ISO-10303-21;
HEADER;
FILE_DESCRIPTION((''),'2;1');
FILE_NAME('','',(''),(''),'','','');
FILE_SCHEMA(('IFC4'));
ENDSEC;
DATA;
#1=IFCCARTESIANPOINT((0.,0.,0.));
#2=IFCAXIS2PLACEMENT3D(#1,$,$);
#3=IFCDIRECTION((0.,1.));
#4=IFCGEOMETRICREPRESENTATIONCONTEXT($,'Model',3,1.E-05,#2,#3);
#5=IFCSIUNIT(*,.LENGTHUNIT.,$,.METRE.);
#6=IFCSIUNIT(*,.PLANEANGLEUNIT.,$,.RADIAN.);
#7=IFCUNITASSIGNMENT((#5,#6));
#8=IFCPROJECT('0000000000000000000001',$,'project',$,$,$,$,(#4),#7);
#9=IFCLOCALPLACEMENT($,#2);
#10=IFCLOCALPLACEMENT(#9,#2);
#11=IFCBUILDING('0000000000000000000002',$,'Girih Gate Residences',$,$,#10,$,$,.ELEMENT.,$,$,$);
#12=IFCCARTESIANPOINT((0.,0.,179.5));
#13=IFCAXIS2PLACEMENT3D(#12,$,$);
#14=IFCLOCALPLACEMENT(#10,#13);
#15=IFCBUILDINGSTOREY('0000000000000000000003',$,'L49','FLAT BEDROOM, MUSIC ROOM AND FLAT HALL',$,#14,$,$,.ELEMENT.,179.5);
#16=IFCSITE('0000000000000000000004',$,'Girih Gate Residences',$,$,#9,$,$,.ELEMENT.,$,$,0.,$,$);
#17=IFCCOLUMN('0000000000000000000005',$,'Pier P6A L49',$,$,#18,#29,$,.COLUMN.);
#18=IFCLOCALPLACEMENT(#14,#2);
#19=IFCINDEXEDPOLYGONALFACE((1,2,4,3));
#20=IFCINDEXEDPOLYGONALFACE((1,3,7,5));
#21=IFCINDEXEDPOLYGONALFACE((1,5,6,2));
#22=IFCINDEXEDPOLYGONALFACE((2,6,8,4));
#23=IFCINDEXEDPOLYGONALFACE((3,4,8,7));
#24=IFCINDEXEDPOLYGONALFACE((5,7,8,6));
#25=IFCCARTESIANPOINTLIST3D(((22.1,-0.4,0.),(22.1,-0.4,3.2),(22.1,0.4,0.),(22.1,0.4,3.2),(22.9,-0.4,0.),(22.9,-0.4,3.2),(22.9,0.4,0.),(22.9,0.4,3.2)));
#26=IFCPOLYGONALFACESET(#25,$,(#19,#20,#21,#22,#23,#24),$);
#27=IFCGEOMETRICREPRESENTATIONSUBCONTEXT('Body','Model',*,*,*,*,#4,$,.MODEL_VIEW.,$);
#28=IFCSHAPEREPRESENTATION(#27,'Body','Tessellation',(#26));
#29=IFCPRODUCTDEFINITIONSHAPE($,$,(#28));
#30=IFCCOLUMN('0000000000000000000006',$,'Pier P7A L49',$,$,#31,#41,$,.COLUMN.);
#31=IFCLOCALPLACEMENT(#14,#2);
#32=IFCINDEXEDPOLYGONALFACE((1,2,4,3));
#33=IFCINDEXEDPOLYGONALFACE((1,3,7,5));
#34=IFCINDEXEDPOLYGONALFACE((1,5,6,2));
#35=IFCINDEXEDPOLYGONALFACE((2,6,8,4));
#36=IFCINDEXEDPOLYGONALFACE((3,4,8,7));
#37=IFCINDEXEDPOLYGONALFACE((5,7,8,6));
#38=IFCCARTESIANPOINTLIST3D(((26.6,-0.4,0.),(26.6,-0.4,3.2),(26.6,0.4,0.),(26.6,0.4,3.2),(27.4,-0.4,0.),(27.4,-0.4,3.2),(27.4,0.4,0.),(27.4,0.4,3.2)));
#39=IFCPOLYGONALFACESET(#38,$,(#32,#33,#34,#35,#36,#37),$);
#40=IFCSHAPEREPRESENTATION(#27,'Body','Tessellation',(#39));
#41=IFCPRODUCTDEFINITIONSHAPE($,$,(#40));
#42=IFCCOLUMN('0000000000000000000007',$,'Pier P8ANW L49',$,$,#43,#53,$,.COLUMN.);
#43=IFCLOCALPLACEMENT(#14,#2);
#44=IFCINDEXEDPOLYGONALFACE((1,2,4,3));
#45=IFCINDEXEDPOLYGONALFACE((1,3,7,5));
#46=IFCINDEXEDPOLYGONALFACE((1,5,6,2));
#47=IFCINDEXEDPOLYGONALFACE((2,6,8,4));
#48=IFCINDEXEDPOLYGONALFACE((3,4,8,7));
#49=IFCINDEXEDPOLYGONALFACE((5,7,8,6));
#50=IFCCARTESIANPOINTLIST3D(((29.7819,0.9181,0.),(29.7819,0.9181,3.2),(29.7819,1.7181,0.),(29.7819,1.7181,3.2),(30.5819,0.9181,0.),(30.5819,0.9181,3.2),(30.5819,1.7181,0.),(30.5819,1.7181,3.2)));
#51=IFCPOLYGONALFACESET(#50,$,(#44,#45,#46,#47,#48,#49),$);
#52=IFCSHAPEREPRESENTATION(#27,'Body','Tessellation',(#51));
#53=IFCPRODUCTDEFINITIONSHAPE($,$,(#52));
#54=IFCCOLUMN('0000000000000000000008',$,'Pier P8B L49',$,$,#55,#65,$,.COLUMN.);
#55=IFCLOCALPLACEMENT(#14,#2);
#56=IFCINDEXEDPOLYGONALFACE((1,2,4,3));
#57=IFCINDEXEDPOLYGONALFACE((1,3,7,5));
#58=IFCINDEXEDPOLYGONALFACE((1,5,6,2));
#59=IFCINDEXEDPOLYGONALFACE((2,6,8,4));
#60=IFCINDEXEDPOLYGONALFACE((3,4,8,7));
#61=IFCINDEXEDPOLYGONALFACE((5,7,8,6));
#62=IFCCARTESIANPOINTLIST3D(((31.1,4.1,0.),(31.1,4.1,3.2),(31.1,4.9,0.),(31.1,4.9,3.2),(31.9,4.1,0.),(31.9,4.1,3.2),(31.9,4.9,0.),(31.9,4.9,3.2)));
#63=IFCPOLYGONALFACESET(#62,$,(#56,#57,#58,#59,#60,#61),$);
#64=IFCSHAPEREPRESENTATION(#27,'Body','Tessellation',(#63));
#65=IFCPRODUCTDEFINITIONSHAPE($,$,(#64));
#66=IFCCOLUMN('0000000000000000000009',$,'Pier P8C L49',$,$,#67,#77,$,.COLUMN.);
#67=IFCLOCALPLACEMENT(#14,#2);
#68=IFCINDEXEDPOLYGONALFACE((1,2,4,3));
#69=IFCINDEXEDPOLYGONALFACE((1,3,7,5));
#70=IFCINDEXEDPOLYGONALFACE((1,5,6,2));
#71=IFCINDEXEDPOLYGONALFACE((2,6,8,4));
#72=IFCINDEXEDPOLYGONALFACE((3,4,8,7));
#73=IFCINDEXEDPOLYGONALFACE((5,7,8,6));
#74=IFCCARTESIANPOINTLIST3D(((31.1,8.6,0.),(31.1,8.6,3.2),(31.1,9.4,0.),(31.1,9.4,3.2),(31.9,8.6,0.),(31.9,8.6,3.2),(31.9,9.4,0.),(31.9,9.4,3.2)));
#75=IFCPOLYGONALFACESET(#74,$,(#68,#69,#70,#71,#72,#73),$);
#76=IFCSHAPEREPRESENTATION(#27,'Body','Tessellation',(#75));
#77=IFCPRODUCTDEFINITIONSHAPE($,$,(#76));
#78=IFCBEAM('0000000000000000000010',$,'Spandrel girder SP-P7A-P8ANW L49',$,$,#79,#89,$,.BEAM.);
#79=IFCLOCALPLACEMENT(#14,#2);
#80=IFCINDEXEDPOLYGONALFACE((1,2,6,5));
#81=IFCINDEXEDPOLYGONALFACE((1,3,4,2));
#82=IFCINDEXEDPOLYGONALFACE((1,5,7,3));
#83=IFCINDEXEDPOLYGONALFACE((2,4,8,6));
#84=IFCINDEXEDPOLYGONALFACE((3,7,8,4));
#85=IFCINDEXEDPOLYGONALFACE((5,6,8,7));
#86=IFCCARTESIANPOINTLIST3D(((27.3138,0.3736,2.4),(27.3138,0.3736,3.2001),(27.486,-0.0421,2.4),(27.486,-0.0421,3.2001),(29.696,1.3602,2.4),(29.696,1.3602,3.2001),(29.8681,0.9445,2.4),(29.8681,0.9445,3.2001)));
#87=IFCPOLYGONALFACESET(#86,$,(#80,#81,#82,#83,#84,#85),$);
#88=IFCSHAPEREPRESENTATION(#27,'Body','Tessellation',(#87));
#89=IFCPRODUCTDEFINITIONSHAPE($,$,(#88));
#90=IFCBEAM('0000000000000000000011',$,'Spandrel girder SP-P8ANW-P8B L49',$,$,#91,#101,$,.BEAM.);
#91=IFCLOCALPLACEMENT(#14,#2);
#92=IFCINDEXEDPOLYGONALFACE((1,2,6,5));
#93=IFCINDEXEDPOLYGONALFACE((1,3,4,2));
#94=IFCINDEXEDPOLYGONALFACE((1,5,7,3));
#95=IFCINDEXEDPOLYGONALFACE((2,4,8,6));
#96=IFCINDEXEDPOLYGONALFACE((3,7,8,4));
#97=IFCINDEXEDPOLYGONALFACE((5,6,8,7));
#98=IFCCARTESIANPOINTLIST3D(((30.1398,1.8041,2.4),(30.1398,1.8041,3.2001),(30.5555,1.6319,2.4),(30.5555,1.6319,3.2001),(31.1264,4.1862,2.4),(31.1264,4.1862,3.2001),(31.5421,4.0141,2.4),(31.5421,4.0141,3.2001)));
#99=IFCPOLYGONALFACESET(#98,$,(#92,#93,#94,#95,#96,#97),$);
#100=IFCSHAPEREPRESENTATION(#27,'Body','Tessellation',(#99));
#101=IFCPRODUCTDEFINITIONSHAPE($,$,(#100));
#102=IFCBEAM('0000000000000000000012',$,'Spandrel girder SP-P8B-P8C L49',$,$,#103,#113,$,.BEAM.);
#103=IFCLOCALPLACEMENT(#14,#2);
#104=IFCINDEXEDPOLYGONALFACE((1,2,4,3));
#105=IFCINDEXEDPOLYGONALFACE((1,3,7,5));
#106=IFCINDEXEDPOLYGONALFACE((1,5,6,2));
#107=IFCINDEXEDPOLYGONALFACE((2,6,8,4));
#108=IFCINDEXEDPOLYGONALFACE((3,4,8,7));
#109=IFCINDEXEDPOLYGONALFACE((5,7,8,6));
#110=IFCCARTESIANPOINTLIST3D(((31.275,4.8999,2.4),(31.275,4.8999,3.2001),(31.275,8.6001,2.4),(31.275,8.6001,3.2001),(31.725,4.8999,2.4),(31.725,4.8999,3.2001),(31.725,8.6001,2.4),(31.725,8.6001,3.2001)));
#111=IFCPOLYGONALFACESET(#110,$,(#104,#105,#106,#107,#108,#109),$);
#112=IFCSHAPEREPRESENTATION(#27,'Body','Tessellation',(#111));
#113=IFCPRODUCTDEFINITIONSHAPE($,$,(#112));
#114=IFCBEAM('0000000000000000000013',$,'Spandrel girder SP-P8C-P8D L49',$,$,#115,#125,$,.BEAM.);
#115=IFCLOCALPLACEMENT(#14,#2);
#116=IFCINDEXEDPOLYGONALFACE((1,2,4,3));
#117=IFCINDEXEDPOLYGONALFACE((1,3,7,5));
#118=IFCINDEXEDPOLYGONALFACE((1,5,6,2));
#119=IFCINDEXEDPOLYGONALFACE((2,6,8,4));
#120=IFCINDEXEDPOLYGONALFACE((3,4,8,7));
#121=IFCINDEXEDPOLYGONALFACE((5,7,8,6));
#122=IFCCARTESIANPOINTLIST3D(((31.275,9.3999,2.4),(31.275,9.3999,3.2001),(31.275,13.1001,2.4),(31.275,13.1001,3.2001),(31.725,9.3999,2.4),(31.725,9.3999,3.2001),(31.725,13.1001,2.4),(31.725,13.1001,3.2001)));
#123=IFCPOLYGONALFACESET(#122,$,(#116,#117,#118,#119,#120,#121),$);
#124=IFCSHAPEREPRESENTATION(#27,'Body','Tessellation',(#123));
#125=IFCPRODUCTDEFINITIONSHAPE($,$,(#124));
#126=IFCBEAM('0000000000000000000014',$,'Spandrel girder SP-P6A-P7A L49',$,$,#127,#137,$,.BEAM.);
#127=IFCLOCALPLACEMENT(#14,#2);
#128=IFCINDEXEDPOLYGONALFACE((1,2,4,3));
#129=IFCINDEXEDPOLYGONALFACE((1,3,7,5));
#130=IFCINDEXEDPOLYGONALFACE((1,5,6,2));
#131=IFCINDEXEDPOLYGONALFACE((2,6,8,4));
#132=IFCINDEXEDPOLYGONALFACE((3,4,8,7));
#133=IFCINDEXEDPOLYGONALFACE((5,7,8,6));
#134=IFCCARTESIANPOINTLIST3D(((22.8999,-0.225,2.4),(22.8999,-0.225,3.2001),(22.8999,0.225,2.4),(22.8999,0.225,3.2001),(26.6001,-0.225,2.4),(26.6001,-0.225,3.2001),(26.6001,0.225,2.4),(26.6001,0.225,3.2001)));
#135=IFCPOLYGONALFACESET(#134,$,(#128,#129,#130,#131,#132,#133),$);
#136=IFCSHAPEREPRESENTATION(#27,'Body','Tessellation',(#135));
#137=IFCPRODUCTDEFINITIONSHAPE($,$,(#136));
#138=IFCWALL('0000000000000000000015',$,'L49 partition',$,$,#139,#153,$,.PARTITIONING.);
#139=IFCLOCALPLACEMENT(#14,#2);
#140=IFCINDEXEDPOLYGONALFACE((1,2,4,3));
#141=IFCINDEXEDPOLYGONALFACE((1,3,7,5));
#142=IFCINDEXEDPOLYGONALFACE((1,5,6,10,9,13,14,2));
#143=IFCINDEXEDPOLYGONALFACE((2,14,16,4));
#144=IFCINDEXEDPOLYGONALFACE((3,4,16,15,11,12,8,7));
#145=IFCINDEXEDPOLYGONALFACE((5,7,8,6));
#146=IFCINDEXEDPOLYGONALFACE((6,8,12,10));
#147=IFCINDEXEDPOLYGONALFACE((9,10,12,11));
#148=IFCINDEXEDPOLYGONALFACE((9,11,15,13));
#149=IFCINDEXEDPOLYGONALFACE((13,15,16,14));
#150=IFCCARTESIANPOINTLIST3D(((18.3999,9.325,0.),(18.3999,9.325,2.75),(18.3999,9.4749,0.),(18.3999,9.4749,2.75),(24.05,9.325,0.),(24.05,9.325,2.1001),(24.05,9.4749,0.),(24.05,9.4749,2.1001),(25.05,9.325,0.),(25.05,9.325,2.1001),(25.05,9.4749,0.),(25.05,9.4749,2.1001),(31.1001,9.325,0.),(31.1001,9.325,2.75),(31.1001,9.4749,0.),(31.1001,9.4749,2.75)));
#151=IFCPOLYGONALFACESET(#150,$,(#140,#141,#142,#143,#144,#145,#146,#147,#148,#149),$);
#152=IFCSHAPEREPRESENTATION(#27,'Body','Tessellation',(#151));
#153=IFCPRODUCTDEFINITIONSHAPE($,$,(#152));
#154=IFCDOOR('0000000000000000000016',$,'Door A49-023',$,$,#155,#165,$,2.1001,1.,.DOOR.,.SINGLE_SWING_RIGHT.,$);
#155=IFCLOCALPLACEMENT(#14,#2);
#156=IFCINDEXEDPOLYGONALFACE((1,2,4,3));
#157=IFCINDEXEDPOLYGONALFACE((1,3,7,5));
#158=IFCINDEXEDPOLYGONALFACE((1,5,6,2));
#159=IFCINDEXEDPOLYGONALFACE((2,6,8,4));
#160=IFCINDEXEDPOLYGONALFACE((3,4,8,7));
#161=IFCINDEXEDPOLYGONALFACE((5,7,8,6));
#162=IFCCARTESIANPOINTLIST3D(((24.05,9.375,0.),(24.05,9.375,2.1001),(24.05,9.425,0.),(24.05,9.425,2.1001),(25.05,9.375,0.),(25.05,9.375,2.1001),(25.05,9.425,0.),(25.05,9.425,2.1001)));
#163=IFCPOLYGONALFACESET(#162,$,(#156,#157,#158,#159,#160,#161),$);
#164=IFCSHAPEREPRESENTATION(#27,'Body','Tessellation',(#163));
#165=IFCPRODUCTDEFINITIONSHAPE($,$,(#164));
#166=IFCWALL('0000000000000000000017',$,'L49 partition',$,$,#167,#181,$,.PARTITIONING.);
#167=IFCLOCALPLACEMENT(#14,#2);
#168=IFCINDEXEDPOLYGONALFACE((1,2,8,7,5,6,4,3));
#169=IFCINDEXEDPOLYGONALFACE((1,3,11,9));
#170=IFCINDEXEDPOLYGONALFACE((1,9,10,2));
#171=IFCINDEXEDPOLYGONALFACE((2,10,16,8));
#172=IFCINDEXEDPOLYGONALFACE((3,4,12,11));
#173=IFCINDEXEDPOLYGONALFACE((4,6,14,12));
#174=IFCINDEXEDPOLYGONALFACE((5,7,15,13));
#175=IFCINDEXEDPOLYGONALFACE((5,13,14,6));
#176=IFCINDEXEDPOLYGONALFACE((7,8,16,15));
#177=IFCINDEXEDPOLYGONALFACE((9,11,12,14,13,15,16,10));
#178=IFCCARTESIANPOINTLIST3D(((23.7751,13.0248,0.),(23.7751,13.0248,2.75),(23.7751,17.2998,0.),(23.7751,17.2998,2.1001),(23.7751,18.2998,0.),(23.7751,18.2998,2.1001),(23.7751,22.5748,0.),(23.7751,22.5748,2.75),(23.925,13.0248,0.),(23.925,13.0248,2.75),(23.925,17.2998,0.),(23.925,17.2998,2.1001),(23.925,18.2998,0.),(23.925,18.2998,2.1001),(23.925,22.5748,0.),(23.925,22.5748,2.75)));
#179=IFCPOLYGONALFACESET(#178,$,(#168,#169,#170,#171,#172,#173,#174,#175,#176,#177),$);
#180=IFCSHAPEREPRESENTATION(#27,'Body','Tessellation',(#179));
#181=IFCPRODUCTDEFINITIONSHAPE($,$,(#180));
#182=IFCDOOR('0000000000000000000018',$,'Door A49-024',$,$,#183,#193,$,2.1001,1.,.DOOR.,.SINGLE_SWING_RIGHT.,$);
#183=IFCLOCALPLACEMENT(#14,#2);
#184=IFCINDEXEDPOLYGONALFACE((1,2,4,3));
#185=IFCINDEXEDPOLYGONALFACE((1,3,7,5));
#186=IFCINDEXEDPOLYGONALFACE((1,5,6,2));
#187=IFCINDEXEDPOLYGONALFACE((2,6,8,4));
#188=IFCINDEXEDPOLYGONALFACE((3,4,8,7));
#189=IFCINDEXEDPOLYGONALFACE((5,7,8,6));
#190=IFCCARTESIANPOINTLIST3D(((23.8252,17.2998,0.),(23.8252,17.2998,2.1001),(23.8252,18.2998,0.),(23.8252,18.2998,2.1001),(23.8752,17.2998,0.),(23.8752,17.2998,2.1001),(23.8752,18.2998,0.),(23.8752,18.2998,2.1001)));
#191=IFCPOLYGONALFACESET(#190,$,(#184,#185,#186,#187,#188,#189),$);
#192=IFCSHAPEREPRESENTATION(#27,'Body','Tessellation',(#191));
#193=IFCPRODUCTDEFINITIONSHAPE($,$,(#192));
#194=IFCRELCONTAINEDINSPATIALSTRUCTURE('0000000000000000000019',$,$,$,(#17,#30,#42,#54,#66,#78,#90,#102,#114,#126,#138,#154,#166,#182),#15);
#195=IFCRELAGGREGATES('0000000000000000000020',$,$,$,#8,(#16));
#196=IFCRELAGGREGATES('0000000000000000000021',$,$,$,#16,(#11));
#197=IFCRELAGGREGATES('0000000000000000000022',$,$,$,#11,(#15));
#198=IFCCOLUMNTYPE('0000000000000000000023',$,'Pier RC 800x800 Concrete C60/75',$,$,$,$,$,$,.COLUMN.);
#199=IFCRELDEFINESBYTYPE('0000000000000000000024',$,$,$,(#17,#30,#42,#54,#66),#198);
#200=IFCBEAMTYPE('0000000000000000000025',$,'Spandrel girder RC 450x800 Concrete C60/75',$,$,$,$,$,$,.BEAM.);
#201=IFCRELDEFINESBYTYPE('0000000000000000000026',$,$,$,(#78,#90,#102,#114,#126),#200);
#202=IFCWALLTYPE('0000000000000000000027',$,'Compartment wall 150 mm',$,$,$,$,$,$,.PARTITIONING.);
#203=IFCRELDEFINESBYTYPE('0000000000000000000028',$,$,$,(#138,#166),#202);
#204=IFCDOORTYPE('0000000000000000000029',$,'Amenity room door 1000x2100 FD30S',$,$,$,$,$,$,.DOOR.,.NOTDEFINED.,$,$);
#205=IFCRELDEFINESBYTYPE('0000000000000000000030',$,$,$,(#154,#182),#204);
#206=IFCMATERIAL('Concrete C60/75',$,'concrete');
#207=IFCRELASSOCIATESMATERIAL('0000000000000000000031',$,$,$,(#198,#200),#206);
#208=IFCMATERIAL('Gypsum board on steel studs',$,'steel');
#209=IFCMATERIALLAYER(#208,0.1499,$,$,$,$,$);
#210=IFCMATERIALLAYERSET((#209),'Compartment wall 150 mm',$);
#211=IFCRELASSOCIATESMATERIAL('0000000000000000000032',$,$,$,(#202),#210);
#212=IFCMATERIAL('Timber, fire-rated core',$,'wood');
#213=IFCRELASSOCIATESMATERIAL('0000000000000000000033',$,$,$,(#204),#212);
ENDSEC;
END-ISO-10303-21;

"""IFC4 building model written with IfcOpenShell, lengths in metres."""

from ifc_helpers import new_model, si_unit, direction, frame, frame_2d, origin, origin_2d, place, context, subcontext, project, spatial, rectangle, extrude, material, layer, layer_set, material_profile, profile_set, type_object, element, fill, save


model = new_model("IFC4")

# Units and contexts
model_context = context("Model", 3, precision=1e-05, world=origin(), true_north=direction((0.0, 1.0)))
body_context = subcontext(model_context, "Body", "Model", "MODEL_VIEW")
ifc_project = project(units=[si_unit("LENGTHUNIT", "METRE"), si_unit("PLANEANGLEUNIT", "RADIAN")], contexts=[model_context])

# Site, building, storey
site_placement = place(None, origin())
site = spatial("IfcSite", under=ifc_project, at=site_placement, Name="Girih Gate Residences", CompositionType="ELEMENT", RefElevation=0.0)
building_placement = place(site_placement, origin())
building = spatial("IfcBuilding", under=site, at=building_placement, Name="Girih Gate Residences", CompositionType="ELEMENT")
storey_placement = place(building_placement, frame((0.0, 0.0, 179.5)))
storey = spatial("IfcBuildingStorey", under=building, at=storey_placement, Name="L49", Description="FLAT BEDROOM, MUSIC ROOM AND FLAT HALL", CompositionType="ELEMENT", Elevation=179.5)

# Columns
ifc_material_1 = material(Name="Concrete C60/75", Category="concrete")
ifc_material_profile_1 = material_profile(ifc_material_1, rectangle(XDim=0.8, YDim=0.8, at=origin_2d()))
ifc_profile_set_1 = profile_set([ifc_material_profile_1], Name="Concrete C60/75")
column_type = type_object("IfcColumnType", Name="Pier RC 800x800 Concrete C60/75", PredefinedType="COLUMN", material=ifc_profile_set_1)
for number, where, z_axis, x_axis, name in (
    (1, (22.5, 0.0, 0.0), (0.0, 0.0, 1.0), (1.0, 0.0, 0.0), "Pier P6A L49"),
    (2, (27.0, 0.0, 0.0), (0.0, 0.0, 1.0), (1.0, 0.0, 0.0), "Pier P7A L49"),
    (3, (30.1819, 1.3181, 0.0), (0.0, 0.0, 1.0), (1.0, 0.0, 0.0), "Pier P8ANW L49"),
    (4, (31.5, 4.5, 0.0), (0.0, 0.0, 1.0), (1.0, 0.0, 0.0), "Pier P8B L49"),
    (5, (31.5, 9.0, 0.0), (0.0, 0.0, 1.0), (1.0, 0.0, 0.0), "Pier P8C L49"),
):
    element("IfcColumn", number, at=place(storey_placement, frame(where, z_axis=z_axis, x_axis=x_axis)), inside=storey, type_object=column_type, Name=name, PredefinedType="COLUMN", context=body_context, shape_type="SweptSolid", body=[
        extrude(rectangle(XDim=0.8, YDim=0.8, at=origin_2d()), origin(), (0.0, 0.0, 1.0), 3.2),
    ])

# Beams
ifc_material_profile_2 = material_profile(ifc_material_1, rectangle(XDim=0.45, YDim=0.8, at=origin_2d()))
ifc_profile_set_2 = profile_set([ifc_material_profile_2], Name="Concrete C60/75")
beam_type = type_object("IfcBeamType", Name="Spandrel girder RC 450x800 Concrete C60/75", PredefinedType="BEAM", material=ifc_profile_set_2)
for number, where, z_axis, x_axis, name in (
    (6, (27.3999, 0.1658, 2.8), (0.923896, 0.382644, 0.0), (-0.382644, 0.923896, 0.0), "Spandrel girder SP-P7A-P8ANW L49"),
    (7, (30.3477, 1.718, 2.8), (0.382644, 0.923896, 0.0), (-0.923896, 0.382644, 0.0), "Spandrel girder SP-P8ANW-P8B L49"),
):
    element("IfcBeam", number, at=place(storey_placement, frame(where, z_axis=z_axis, x_axis=x_axis)), inside=storey, type_object=beam_type, Name=name, PredefinedType="BEAM", context=body_context, shape_type="SweptSolid", body=[
        extrude(rectangle(XDim=0.45, YDim=0.8, at=origin_2d()), origin(), (0.0, 0.0, 1.0), 2.5784),
    ])
for number, where, z_axis, x_axis, name in (
    (8, (31.5, 4.8999, 2.8), (0.0, 1.0, 0.0), (-1.0, 0.0, 0.0), "Spandrel girder SP-P8B-P8C L49"),
    (9, (31.5, 9.3999, 2.8), (0.0, 1.0, 0.0), (-1.0, 0.0, 0.0), "Spandrel girder SP-P8C-P8D L49"),
    (10, (22.8999, 0.0, 2.8), (1.0, 0.0, 0.0), (0.0, 1.0, 0.0), "Spandrel girder SP-P6A-P7A L49"),
):
    element("IfcBeam", number, at=place(storey_placement, frame(where, z_axis=z_axis, x_axis=x_axis)), inside=storey, type_object=beam_type, Name=name, PredefinedType="BEAM", context=body_context, shape_type="SweptSolid", body=[
        extrude(rectangle(XDim=0.45, YDim=0.8, at=origin_2d()), origin(), (0.0, 0.0, 1.0), 3.7002),
    ])

# Walls, openings, doors
ifc_material_2 = material(Name="Gypsum board on steel studs", Category="steel")
ifc_layer_1 = layer(ifc_material_2, 0.1499)
ifc_layer_set_1 = layer_set([ifc_layer_1], Name="Compartment wall 150 mm")
wall_type_1 = type_object("IfcWallType", Name="Compartment wall 150 mm", PredefinedType="PARTITIONING", material=ifc_layer_set_1)
wall_1_placement = place(storey_placement, frame((31.1001, 9.3999, 0.0), z_axis=(0.0, 0.0, 1.0), x_axis=(-1.0, 0.0, 0.0)))
wall_1 = element("IfcWall", 11, at=wall_1_placement, inside=storey, type_object=wall_type_1, Name="L49 partition", PredefinedType="PARTITIONING", context=body_context, shape_type="SweptSolid", body=[
    extrude(rectangle(XDim=12.7002, YDim=0.1499, at=frame_2d((6.3501, 0.0))), origin(), (0.0, 0.0, 1.0), 2.75),
])
opening_1_placement = place(wall_1_placement, frame((6.05, 0.0, 0.0)))
opening_1 = element("IfcOpeningElement", 12, at=opening_1_placement, cuts=wall_1, PredefinedType="OPENING", context=body_context, shape_type="SweptSolid", body=[
    extrude(rectangle(XDim=1.0, YDim=2.1001, at=frame_2d((0.5, 1.05))), frame((0.0, 0.085, 0.0), z_axis=(0.0, -1.0, 0.0), x_axis=(1.0, 0.0, 0.0)), (0.0, 0.0, 1.0), 0.1699),
])
ifc_material_3 = material(Name="Timber, fire-rated core", Category="wood")
door_type = type_object("IfcDoorType", Name="Amenity room door 1000x2100 FD30S", OperationType="NOTDEFINED", PredefinedType="DOOR", material=ifc_material_3)
door_1_placement = place(opening_1_placement, origin())
door_1 = element("IfcDoor", 13, at=door_1_placement, inside=storey, type_object=door_type, Name="Door A49-023", OperationType="SINGLE_SWING_RIGHT", OverallHeight=2.1001, OverallWidth=1.0, PredefinedType="DOOR", context=body_context, shape_type="SweptSolid", body=[
    extrude(rectangle(XDim=1.0, YDim=2.1001, at=frame_2d((0.5, 1.05))), frame((0.0, 0.0249, 0.0), z_axis=(0.0, -1.0, 0.0), x_axis=(1.0, 0.0, 0.0)), (0.0, 0.0, 1.0), 0.05),
])
fill(opening_1, door_1)
wall_2_placement = place(storey_placement, frame((23.8501, 13.0249, 0.0), z_axis=(0.0, 0.0, 1.0), x_axis=(0.0, 1.0, 0.0)))
wall_2 = element("IfcWall", 14, at=wall_2_placement, inside=storey, type_object=wall_type_1, Name="L49 partition", PredefinedType="PARTITIONING", context=body_context, shape_type="SweptSolid", body=[
    extrude(rectangle(XDim=9.55, YDim=0.1499, at=frame_2d((4.7749, 0.0))), origin(), (0.0, 0.0, 1.0), 2.75),
])
opening_2_placement = place(wall_2_placement, frame((4.2749, 0.0, 0.0)))
opening_2 = element("IfcOpeningElement", 15, at=opening_2_placement, cuts=wall_2, PredefinedType="OPENING", context=body_context, shape_type="SweptSolid", body=[
    extrude(rectangle(XDim=1.0, YDim=2.1001, at=frame_2d((0.5, 1.05))), frame((0.0, 0.085, 0.0), z_axis=(0.0, -1.0, 0.0), x_axis=(1.0, 0.0, 0.0)), (0.0, 0.0, 1.0), 0.1699),
])
door_2_placement = place(opening_2_placement, origin())
door_2 = element("IfcDoor", 16, at=door_2_placement, inside=storey, type_object=door_type, Name="Door A49-024", OperationType="SINGLE_SWING_RIGHT", OverallHeight=2.1001, OverallWidth=1.0, PredefinedType="DOOR", context=body_context, shape_type="SweptSolid", body=[
    extrude(rectangle(XDim=1.0, YDim=2.1001, at=frame_2d((0.5, 1.05))), frame((0.0, 0.0249, 0.0), z_axis=(0.0, -1.0, 0.0), x_axis=(1.0, 0.0, 0.0)), (0.0, 0.0, 1.0), 0.05),
])
fill(opening_2, door_2)

save(model, "model.ifc")
